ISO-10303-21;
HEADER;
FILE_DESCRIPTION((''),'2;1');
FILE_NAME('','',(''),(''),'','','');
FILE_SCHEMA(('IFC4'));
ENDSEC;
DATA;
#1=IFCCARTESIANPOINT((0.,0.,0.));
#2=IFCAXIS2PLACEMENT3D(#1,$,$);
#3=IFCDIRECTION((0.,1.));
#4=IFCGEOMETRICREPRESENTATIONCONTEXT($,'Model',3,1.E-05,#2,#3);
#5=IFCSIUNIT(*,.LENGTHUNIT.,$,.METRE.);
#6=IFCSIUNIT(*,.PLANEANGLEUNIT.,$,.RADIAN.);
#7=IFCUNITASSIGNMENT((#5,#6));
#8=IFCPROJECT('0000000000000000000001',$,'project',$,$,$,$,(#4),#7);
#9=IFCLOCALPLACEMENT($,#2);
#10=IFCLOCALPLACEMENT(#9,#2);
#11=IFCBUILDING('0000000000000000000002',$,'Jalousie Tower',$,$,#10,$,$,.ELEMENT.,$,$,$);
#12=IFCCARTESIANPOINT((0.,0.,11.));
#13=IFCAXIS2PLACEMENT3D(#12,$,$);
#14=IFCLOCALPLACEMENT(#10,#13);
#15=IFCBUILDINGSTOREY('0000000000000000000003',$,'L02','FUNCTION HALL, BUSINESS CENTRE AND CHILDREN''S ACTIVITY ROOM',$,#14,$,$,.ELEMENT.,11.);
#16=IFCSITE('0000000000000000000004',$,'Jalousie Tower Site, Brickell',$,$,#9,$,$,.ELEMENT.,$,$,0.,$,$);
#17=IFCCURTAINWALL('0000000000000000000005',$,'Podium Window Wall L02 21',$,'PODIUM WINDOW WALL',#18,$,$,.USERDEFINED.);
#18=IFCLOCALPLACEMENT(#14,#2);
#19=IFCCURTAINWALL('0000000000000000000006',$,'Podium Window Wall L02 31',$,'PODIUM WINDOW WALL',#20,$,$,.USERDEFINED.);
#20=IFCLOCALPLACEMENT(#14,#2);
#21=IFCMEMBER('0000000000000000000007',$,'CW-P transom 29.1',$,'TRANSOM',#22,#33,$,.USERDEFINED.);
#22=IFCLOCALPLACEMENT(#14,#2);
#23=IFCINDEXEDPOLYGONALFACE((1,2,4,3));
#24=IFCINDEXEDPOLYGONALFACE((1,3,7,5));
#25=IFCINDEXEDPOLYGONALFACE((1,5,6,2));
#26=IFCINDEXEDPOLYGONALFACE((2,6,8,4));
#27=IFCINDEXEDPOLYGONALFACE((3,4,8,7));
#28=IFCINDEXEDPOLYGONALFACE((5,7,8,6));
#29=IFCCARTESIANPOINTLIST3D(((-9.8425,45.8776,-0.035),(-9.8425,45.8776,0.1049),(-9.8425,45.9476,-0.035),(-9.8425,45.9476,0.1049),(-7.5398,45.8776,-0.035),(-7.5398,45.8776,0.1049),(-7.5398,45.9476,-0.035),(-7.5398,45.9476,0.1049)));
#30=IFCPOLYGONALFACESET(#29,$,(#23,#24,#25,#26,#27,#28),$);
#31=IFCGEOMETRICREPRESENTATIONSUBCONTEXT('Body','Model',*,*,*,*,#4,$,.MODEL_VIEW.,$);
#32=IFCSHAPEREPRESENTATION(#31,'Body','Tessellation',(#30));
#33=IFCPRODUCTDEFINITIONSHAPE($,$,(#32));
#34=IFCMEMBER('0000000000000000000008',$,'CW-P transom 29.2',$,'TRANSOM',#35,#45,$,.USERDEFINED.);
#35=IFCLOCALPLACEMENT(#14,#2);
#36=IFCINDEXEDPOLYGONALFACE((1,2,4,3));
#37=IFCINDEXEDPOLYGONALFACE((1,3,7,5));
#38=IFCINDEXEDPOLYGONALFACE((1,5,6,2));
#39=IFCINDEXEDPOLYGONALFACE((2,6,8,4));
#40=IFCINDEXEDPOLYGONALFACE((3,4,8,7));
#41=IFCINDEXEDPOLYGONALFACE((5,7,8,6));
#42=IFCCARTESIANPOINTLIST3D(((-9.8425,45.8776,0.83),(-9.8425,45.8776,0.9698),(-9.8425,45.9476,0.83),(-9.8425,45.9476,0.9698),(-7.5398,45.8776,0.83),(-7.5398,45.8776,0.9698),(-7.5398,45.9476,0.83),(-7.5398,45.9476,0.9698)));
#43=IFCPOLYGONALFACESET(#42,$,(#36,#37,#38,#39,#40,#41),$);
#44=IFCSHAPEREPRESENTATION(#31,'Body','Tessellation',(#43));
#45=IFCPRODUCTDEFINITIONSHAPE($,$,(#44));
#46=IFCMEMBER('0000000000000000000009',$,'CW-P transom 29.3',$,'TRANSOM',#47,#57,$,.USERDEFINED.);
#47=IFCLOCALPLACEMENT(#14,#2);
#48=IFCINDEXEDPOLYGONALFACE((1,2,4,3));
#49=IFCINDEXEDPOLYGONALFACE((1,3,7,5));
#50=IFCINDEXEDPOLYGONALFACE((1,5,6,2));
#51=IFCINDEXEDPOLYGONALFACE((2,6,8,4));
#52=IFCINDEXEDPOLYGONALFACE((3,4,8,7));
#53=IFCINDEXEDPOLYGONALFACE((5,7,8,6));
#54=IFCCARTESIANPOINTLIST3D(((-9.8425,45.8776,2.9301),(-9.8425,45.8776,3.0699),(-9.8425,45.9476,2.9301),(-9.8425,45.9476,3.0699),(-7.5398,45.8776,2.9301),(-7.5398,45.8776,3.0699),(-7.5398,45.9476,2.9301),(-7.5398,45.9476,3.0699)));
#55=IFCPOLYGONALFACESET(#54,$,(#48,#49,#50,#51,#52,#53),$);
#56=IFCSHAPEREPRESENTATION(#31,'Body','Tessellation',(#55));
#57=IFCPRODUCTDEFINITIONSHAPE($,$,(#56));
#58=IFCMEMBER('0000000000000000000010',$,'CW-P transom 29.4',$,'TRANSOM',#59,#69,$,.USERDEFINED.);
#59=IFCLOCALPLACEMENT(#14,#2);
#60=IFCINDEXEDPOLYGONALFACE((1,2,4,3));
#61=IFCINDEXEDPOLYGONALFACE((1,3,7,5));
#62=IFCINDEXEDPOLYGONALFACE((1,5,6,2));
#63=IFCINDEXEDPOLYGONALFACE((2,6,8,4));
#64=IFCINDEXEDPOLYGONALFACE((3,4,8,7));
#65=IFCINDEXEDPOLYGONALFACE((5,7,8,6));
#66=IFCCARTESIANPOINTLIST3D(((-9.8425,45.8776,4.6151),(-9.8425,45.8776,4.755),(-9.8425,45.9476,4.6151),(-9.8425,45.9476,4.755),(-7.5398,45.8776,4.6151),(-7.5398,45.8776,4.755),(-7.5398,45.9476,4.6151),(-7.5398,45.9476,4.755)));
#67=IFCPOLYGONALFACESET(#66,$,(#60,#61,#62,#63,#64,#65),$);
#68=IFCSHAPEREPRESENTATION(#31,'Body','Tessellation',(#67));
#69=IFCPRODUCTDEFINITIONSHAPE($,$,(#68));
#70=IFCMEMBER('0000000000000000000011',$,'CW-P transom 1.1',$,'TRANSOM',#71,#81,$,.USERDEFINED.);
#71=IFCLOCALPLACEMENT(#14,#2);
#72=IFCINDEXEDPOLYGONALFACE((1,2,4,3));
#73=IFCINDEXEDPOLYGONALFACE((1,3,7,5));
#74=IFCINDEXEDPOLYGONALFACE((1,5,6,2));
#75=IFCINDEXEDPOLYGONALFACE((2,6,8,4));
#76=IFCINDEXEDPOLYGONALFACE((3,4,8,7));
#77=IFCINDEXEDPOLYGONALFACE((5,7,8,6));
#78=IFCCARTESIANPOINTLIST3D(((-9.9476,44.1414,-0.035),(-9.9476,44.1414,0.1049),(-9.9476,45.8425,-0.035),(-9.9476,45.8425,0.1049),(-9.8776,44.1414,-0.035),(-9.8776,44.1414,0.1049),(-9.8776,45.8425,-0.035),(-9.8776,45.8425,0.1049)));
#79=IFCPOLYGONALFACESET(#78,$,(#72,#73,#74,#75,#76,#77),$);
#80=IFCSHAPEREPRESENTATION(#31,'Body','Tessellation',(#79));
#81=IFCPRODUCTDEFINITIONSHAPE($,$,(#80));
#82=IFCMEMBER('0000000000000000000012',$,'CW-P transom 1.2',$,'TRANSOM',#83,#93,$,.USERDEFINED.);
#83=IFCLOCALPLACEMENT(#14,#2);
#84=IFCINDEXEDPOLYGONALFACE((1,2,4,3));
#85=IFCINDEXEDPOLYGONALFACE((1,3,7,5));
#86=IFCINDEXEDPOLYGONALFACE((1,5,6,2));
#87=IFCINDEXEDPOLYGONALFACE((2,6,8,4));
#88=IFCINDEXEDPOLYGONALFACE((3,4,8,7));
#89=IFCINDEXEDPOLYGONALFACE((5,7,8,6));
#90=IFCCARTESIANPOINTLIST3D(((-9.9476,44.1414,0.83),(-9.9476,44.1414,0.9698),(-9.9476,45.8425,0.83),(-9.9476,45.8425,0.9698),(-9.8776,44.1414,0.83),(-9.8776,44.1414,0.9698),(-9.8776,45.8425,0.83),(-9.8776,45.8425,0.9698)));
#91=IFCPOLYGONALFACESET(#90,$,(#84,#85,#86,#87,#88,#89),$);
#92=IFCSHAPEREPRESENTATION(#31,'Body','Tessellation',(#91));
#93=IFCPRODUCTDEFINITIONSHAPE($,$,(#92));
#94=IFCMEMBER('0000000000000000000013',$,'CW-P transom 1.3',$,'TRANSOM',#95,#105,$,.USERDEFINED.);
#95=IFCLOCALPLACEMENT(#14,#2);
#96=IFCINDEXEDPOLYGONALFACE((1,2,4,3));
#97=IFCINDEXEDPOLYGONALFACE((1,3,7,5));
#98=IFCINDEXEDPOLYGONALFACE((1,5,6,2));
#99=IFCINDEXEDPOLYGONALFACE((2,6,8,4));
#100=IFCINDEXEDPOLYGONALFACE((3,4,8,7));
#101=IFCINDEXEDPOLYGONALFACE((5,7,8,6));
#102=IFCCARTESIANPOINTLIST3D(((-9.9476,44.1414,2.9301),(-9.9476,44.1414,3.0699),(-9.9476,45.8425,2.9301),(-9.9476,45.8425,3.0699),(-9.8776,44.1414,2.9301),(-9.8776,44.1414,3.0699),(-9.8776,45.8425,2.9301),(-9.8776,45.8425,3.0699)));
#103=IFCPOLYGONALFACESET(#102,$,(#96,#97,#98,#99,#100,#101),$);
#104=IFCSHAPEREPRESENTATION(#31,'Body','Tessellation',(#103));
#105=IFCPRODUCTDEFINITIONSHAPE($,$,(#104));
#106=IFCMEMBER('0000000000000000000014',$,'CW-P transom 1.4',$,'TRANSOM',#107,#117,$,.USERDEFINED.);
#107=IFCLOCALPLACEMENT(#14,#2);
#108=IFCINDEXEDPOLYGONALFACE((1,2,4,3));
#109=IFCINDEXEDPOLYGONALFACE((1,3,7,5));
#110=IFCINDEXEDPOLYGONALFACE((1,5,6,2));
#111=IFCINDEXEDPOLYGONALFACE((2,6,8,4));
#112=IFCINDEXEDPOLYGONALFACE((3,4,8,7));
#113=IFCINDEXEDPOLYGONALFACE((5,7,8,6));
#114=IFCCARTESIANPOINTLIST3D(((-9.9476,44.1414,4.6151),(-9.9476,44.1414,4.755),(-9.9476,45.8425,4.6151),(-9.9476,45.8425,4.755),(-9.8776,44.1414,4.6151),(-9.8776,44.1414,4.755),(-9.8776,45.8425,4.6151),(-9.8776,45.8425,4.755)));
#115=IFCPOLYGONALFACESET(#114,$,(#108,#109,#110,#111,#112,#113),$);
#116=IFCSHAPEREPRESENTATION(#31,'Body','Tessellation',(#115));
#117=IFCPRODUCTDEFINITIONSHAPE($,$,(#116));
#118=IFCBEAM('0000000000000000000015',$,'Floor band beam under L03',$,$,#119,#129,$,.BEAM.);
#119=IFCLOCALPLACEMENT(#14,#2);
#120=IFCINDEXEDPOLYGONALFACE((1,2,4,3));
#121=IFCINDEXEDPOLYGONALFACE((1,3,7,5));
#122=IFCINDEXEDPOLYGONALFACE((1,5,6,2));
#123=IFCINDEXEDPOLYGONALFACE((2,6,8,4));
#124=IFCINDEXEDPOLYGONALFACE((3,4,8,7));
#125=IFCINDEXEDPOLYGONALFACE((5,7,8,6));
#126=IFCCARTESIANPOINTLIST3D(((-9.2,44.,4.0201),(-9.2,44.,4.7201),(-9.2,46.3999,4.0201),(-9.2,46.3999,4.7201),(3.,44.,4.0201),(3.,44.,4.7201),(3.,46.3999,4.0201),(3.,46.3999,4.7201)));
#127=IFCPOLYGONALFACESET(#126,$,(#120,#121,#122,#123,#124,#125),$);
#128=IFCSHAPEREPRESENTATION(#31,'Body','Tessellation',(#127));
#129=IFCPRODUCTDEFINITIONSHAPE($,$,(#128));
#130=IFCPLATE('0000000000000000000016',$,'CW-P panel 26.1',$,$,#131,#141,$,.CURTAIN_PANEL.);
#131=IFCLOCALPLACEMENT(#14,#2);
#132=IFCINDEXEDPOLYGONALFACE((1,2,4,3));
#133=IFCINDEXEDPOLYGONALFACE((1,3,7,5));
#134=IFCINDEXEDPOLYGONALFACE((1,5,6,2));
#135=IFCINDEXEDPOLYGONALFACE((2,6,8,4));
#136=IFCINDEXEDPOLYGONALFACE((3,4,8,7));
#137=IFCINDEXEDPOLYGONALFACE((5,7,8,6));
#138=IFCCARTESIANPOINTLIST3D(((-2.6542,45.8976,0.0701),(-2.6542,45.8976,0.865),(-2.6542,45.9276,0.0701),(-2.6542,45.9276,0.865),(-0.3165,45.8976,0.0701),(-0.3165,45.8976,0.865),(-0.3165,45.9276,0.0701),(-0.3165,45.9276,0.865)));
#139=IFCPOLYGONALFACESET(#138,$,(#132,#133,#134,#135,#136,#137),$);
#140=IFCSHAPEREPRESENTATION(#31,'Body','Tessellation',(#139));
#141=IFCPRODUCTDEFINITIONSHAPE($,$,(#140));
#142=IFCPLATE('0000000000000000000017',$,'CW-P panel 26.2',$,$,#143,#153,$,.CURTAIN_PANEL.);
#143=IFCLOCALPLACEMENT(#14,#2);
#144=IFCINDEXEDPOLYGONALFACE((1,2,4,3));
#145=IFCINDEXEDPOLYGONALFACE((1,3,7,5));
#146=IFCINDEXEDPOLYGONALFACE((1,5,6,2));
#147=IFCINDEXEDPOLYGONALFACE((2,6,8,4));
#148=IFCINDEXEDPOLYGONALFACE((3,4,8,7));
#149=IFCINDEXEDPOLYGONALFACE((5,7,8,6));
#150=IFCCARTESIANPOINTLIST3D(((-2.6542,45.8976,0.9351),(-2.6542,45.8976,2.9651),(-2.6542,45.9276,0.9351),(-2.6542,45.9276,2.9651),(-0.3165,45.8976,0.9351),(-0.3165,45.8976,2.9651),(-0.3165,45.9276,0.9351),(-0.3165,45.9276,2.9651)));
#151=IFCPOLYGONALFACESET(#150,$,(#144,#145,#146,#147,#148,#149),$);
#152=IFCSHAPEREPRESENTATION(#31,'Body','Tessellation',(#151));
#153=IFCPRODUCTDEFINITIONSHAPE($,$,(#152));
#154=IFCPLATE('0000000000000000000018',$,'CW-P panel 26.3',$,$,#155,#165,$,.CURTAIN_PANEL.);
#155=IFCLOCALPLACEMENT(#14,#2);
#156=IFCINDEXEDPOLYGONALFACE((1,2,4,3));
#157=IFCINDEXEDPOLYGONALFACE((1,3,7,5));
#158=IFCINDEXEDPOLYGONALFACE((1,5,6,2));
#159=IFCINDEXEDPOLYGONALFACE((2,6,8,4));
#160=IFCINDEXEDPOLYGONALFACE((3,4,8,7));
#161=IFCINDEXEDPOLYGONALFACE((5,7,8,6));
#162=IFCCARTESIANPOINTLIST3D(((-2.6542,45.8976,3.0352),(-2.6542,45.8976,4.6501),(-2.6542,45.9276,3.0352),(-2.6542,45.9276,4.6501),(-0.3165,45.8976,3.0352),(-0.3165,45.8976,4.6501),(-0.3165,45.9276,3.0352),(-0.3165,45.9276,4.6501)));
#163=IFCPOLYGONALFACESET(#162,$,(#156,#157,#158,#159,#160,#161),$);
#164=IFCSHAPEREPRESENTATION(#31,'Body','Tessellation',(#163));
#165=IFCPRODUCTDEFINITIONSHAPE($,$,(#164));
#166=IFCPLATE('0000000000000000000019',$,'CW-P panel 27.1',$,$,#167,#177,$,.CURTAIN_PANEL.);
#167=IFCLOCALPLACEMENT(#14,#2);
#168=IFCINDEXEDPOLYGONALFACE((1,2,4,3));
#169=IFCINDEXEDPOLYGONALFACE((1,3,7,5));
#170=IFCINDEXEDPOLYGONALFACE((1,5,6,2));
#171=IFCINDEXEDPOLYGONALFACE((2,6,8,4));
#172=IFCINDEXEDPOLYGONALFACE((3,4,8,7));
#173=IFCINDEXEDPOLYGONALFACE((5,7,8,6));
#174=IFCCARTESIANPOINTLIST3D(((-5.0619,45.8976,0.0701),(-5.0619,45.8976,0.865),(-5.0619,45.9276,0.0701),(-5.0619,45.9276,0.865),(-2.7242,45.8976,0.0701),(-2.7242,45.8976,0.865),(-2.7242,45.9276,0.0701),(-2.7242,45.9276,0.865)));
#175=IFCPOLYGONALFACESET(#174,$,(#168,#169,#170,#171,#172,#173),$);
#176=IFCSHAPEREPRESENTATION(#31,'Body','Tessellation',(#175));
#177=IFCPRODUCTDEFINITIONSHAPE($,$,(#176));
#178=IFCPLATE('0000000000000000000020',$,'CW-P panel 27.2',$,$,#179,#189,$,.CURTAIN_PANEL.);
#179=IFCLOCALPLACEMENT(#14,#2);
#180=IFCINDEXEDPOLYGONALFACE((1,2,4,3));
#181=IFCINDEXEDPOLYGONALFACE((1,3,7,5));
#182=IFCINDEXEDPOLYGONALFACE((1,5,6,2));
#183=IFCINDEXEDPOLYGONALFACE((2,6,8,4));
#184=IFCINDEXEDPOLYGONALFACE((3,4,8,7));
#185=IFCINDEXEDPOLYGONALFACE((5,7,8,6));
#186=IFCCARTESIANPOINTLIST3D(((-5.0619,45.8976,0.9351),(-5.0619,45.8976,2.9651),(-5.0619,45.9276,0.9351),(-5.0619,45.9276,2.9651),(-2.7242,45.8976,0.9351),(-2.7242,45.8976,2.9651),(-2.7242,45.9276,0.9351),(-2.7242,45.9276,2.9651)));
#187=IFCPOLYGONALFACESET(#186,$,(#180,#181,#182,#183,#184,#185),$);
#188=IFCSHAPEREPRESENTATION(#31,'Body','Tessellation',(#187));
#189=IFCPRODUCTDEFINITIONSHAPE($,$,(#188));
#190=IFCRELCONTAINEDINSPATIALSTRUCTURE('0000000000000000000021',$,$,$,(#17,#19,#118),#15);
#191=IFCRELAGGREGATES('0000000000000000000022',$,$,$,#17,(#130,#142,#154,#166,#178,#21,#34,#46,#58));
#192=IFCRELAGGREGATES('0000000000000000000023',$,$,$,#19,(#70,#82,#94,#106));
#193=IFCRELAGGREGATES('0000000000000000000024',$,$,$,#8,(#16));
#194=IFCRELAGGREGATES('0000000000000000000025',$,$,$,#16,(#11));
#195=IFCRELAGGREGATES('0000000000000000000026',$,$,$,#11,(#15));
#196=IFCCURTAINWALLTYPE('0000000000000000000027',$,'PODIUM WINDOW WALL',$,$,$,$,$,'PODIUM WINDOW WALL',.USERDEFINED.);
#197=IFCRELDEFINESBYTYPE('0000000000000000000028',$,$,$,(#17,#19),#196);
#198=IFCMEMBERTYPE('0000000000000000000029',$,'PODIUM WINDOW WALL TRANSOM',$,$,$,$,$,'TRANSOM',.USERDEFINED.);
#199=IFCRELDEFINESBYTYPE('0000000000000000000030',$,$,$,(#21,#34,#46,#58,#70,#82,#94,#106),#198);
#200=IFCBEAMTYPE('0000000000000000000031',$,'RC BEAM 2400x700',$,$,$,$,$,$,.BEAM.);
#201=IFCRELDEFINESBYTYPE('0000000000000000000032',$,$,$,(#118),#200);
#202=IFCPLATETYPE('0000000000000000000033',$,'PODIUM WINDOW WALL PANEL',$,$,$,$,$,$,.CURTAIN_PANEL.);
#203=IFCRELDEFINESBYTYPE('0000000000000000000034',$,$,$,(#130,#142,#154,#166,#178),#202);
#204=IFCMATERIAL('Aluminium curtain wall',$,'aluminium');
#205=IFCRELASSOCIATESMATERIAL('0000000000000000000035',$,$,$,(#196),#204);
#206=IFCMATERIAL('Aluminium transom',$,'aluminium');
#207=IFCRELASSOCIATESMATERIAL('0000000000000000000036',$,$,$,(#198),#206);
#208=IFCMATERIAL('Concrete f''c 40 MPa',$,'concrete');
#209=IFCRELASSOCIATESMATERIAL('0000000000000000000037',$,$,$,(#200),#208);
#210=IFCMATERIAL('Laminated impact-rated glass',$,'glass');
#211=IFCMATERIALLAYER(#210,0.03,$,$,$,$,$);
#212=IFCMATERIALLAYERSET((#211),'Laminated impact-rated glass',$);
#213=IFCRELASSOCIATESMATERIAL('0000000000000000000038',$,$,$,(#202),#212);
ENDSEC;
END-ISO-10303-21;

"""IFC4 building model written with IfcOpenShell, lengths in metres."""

from ifc_helpers import new_model, si_unit, direction, frame, origin, origin_2d, place, context, subcontext, project, spatial, rectangle, extrude, material, layer, layer_set, material_profile, profile_set, type_object, element, aggregate, save


model = new_model("IFC4")

# Units and contexts
model_context = context("Model", 3, precision=1e-05, world=origin(), true_north=direction((0.0, 1.0)))
body_context = subcontext(model_context, "Body", "Model", "MODEL_VIEW")
ifc_project = project(units=[si_unit("LENGTHUNIT", "METRE"), si_unit("PLANEANGLEUNIT", "RADIAN")], contexts=[model_context])

# Site, building, storey
site_placement = place(None, origin())
site = spatial("IfcSite", under=ifc_project, at=site_placement, Name="Jalousie Tower Site, Brickell", CompositionType="ELEMENT", RefElevation=0.0)
building_placement = place(site_placement, origin())
building = spatial("IfcBuilding", under=site, at=building_placement, Name="Jalousie Tower", CompositionType="ELEMENT")
storey_placement = place(building_placement, frame((0.0, 0.0, 11.0)))
storey = spatial("IfcBuildingStorey", under=building, at=storey_placement, Name="L02", Description="FUNCTION HALL, BUSINESS CENTRE AND CHILDREN'S ACTIVITY ROOM", CompositionType="ELEMENT", Elevation=11.0)

# Curtain wall
ifc_material_1 = material(Name="Aluminium curtain wall", Category="aluminium")
curtain_wall_type = type_object("IfcCurtainWallType", Name="PODIUM WINDOW WALL", ElementType="PODIUM WINDOW WALL", PredefinedType="USERDEFINED", material=ifc_material_1)
curtain_wall_1_placement = place(storey_placement, origin())
curtain_wall_1 = element("IfcCurtainWall", 1, at=curtain_wall_1_placement, inside=storey, type_object=curtain_wall_type, Name="Podium Window Wall L02 21", ObjectType="PODIUM WINDOW WALL", PredefinedType="USERDEFINED")

# Curtain wall
curtain_wall_2_placement = place(storey_placement, origin())
curtain_wall_2 = element("IfcCurtainWall", 2, at=curtain_wall_2_placement, inside=storey, type_object=curtain_wall_type, Name="Podium Window Wall L02 31", ObjectType="PODIUM WINDOW WALL", PredefinedType="USERDEFINED")

# Members
ifc_material_2 = material(Name="Aluminium transom", Category="aluminium")
ifc_material_profile_1 = material_profile(ifc_material_2, rectangle(XDim=0.0701, YDim=0.1399, at=origin_2d()), Name="TRANSOM 70x140")
ifc_profile_set_1 = profile_set([ifc_material_profile_1], Name="Aluminium transom")
member_type_1 = type_object("IfcMemberType", Name="PODIUM WINDOW WALL TRANSOM", ElementType="TRANSOM", PredefinedType="USERDEFINED", material=ifc_profile_set_1)
member_1_placement = place(storey_placement, frame((-7.5398, 45.9126, 0.0349), z_axis=(-1.0, 0.0, 0.0), x_axis=(0.0, -1.0, 0.0)))
member_1 = element("IfcMember", 3, at=member_1_placement, type_object=member_type_1, Name="CW-P transom 29.1", ObjectType="TRANSOM", PredefinedType="USERDEFINED", context=body_context, shape_type="SweptSolid", body=[
    extrude(rectangle(XDim=0.0701, YDim=0.1399, at=origin_2d()), origin(), (0.0, 0.0, 1.0), 2.3027),
])
member_2_placement = place(storey_placement, frame((-7.5398, 45.9126, 0.8999), z_axis=(-1.0, 0.0, 0.0), x_axis=(0.0, -1.0, 0.0)))
member_2 = element("IfcMember", 4, at=member_2_placement, type_object=member_type_1, Name="CW-P transom 29.2", ObjectType="TRANSOM", PredefinedType="USERDEFINED", context=body_context, shape_type="SweptSolid", body=[
    extrude(rectangle(XDim=0.0701, YDim=0.1399, at=origin_2d()), origin(), (0.0, 0.0, 1.0), 2.3027),
])
member_3_placement = place(storey_placement, frame((-7.5398, 45.9126, 3.0), z_axis=(-1.0, 0.0, 0.0), x_axis=(0.0, -1.0, 0.0)))
member_3 = element("IfcMember", 5, at=member_3_placement, type_object=member_type_1, Name="CW-P transom 29.3", ObjectType="TRANSOM", PredefinedType="USERDEFINED", context=body_context, shape_type="SweptSolid", body=[
    extrude(rectangle(XDim=0.0701, YDim=0.1399, at=origin_2d()), origin(), (0.0, 0.0, 1.0), 2.3027),
])
member_4_placement = place(storey_placement, frame((-7.5398, 45.9126, 4.6851), z_axis=(-1.0, 0.0, 0.0), x_axis=(0.0, -1.0, 0.0)))
member_4 = element("IfcMember", 6, at=member_4_placement, type_object=member_type_1, Name="CW-P transom 29.4", ObjectType="TRANSOM", PredefinedType="USERDEFINED", context=body_context, shape_type="SweptSolid", body=[
    extrude(rectangle(XDim=0.0701, YDim=0.1399, at=origin_2d()), origin(), (0.0, 0.0, 1.0), 2.3027),
])
member_5_placement = place(storey_placement, frame((-9.9126, 45.8425, 0.0349), z_axis=(0.0, -1.0, 0.0), x_axis=(1.0, 0.0, 0.0)))
member_5 = element("IfcMember", 7, at=member_5_placement, type_object=member_type_1, Name="CW-P transom 1.1", ObjectType="TRANSOM", PredefinedType="USERDEFINED", context=body_context, shape_type="SweptSolid", body=[
    extrude(rectangle(XDim=0.0701, YDim=0.1399, at=origin_2d()), origin(), (0.0, 0.0, 1.0), 1.7012),
])
member_6_placement = place(storey_placement, frame((-9.9126, 45.8425, 0.8999), z_axis=(0.0, -1.0, 0.0), x_axis=(1.0, 0.0, 0.0)))
member_6 = element("IfcMember", 8, at=member_6_placement, type_object=member_type_1, Name="CW-P transom 1.2", ObjectType="TRANSOM", PredefinedType="USERDEFINED", context=body_context, shape_type="SweptSolid", body=[
    extrude(rectangle(XDim=0.0701, YDim=0.1399, at=origin_2d()), origin(), (0.0, 0.0, 1.0), 1.7012),
])
member_7_placement = place(storey_placement, frame((-9.9126, 45.8425, 3.0), z_axis=(0.0, -1.0, 0.0), x_axis=(1.0, 0.0, 0.0)))
member_7 = element("IfcMember", 9, at=member_7_placement, type_object=member_type_1, Name="CW-P transom 1.3", ObjectType="TRANSOM", PredefinedType="USERDEFINED", context=body_context, shape_type="SweptSolid", body=[
    extrude(rectangle(XDim=0.0701, YDim=0.1399, at=origin_2d()), origin(), (0.0, 0.0, 1.0), 1.7012),
])
member_8_placement = place(storey_placement, frame((-9.9126, 45.8425, 4.6851), z_axis=(0.0, -1.0, 0.0), x_axis=(1.0, 0.0, 0.0)))
member_8 = element("IfcMember", 10, at=member_8_placement, type_object=member_type_1, Name="CW-P transom 1.4", ObjectType="TRANSOM", PredefinedType="USERDEFINED", context=body_context, shape_type="SweptSolid", body=[
    extrude(rectangle(XDim=0.0701, YDim=0.1399, at=origin_2d()), origin(), (0.0, 0.0, 1.0), 1.7012),
])

# Beam
ifc_material_3 = material(Name="Concrete f'c 40 MPa", Category="concrete")
ifc_material_profile_2 = material_profile(ifc_material_3, rectangle(XDim=2.3999, YDim=0.7, at=origin_2d()), Name="RC 2400x700")
ifc_profile_set_2 = profile_set([ifc_material_profile_2], Name="Concrete f'c 40 MPa")
beam_type = type_object("IfcBeamType", Name="RC BEAM 2400x700", PredefinedType="BEAM", material=ifc_profile_set_2)
beam_placement = place(storey_placement, frame((-9.2, 45.2, 4.3701), z_axis=(1.0, 0.0, 0.0), x_axis=(0.0, 1.0, 0.0)))
element("IfcBeam", 11, at=beam_placement, inside=storey, type_object=beam_type, Name="Floor band beam under L03", PredefinedType="BEAM", context=body_context, shape_type="SweptSolid", body=[
    extrude(rectangle(XDim=2.3999, YDim=0.7, at=origin_2d()), origin(), (0.0, 0.0, 1.0), 12.2),
])

# Plates
ifc_material_4 = material(Name="Laminated impact-rated glass", Category="glass")
ifc_layer = layer(ifc_material_4, 0.03)
ifc_layer_set = layer_set([ifc_layer], Name="Laminated impact-rated glass")
plate_type = type_object("IfcPlateType", Name="PODIUM WINDOW WALL PANEL", PredefinedType="CURTAIN_PANEL", material=ifc_layer_set)
plate_1_placement = place(storey_placement, frame((-1.4854, 45.9126, 0.0701), z_axis=(0.0, 0.0, 1.0), x_axis=(-1.0, 0.0, 0.0)))
plate_1 = element("IfcPlate", 12, at=plate_1_placement, type_object=plate_type, Name="CW-P panel 26.1", PredefinedType="CURTAIN_PANEL", context=body_context, shape_type="SweptSolid", body=[
    extrude(rectangle(XDim=2.3376, YDim=0.03, at=origin_2d()), origin(), (0.0, 0.0, 1.0), 0.7949),
])
plate_2_placement = place(storey_placement, frame((-1.4854, 45.9126, 0.9351), z_axis=(0.0, 0.0, 1.0), x_axis=(-1.0, 0.0, 0.0)))
plate_2 = element("IfcPlate", 13, at=plate_2_placement, type_object=plate_type, Name="CW-P panel 26.2", PredefinedType="CURTAIN_PANEL", context=body_context, shape_type="SweptSolid", body=[
    extrude(rectangle(XDim=2.3376, YDim=0.03, at=origin_2d()), origin(), (0.0, 0.0, 1.0), 2.03),
])
plate_3_placement = place(storey_placement, frame((-1.4854, 45.9126, 3.0352), z_axis=(0.0, 0.0, 1.0), x_axis=(-1.0, 0.0, 0.0)))
plate_3 = element("IfcPlate", 14, at=plate_3_placement, type_object=plate_type, Name="CW-P panel 26.3", PredefinedType="CURTAIN_PANEL", context=body_context, shape_type="SweptSolid", body=[
    extrude(rectangle(XDim=2.3376, YDim=0.03, at=origin_2d()), origin(), (0.0, 0.0, 1.0), 1.615),
])
plate_4_placement = place(storey_placement, frame((-3.8931, 45.9126, 0.0701), z_axis=(0.0, 0.0, 1.0), x_axis=(-1.0, 0.0, 0.0)))
plate_4 = element("IfcPlate", 15, at=plate_4_placement, type_object=plate_type, Name="CW-P panel 27.1", PredefinedType="CURTAIN_PANEL", context=body_context, shape_type="SweptSolid", body=[
    extrude(rectangle(XDim=2.3376, YDim=0.03, at=origin_2d()), origin(), (0.0, 0.0, 1.0), 0.7949),
])
plate_5_placement = place(storey_placement, frame((-3.8931, 45.9126, 0.9351), z_axis=(0.0, 0.0, 1.0), x_axis=(-1.0, 0.0, 0.0)))
plate_5 = element("IfcPlate", 16, at=plate_5_placement, type_object=plate_type, Name="CW-P panel 27.2", PredefinedType="CURTAIN_PANEL", context=body_context, shape_type="SweptSolid", body=[
    extrude(rectangle(XDim=2.3376, YDim=0.03, at=origin_2d()), origin(), (0.0, 0.0, 1.0), 2.03),
])
aggregate(curtain_wall_1, [plate_1, plate_2, plate_3, plate_4, plate_5, member_1, member_2, member_3, member_4])
aggregate(curtain_wall_2, [member_5, member_6, member_7, member_8])

save(model, "model.ifc")
